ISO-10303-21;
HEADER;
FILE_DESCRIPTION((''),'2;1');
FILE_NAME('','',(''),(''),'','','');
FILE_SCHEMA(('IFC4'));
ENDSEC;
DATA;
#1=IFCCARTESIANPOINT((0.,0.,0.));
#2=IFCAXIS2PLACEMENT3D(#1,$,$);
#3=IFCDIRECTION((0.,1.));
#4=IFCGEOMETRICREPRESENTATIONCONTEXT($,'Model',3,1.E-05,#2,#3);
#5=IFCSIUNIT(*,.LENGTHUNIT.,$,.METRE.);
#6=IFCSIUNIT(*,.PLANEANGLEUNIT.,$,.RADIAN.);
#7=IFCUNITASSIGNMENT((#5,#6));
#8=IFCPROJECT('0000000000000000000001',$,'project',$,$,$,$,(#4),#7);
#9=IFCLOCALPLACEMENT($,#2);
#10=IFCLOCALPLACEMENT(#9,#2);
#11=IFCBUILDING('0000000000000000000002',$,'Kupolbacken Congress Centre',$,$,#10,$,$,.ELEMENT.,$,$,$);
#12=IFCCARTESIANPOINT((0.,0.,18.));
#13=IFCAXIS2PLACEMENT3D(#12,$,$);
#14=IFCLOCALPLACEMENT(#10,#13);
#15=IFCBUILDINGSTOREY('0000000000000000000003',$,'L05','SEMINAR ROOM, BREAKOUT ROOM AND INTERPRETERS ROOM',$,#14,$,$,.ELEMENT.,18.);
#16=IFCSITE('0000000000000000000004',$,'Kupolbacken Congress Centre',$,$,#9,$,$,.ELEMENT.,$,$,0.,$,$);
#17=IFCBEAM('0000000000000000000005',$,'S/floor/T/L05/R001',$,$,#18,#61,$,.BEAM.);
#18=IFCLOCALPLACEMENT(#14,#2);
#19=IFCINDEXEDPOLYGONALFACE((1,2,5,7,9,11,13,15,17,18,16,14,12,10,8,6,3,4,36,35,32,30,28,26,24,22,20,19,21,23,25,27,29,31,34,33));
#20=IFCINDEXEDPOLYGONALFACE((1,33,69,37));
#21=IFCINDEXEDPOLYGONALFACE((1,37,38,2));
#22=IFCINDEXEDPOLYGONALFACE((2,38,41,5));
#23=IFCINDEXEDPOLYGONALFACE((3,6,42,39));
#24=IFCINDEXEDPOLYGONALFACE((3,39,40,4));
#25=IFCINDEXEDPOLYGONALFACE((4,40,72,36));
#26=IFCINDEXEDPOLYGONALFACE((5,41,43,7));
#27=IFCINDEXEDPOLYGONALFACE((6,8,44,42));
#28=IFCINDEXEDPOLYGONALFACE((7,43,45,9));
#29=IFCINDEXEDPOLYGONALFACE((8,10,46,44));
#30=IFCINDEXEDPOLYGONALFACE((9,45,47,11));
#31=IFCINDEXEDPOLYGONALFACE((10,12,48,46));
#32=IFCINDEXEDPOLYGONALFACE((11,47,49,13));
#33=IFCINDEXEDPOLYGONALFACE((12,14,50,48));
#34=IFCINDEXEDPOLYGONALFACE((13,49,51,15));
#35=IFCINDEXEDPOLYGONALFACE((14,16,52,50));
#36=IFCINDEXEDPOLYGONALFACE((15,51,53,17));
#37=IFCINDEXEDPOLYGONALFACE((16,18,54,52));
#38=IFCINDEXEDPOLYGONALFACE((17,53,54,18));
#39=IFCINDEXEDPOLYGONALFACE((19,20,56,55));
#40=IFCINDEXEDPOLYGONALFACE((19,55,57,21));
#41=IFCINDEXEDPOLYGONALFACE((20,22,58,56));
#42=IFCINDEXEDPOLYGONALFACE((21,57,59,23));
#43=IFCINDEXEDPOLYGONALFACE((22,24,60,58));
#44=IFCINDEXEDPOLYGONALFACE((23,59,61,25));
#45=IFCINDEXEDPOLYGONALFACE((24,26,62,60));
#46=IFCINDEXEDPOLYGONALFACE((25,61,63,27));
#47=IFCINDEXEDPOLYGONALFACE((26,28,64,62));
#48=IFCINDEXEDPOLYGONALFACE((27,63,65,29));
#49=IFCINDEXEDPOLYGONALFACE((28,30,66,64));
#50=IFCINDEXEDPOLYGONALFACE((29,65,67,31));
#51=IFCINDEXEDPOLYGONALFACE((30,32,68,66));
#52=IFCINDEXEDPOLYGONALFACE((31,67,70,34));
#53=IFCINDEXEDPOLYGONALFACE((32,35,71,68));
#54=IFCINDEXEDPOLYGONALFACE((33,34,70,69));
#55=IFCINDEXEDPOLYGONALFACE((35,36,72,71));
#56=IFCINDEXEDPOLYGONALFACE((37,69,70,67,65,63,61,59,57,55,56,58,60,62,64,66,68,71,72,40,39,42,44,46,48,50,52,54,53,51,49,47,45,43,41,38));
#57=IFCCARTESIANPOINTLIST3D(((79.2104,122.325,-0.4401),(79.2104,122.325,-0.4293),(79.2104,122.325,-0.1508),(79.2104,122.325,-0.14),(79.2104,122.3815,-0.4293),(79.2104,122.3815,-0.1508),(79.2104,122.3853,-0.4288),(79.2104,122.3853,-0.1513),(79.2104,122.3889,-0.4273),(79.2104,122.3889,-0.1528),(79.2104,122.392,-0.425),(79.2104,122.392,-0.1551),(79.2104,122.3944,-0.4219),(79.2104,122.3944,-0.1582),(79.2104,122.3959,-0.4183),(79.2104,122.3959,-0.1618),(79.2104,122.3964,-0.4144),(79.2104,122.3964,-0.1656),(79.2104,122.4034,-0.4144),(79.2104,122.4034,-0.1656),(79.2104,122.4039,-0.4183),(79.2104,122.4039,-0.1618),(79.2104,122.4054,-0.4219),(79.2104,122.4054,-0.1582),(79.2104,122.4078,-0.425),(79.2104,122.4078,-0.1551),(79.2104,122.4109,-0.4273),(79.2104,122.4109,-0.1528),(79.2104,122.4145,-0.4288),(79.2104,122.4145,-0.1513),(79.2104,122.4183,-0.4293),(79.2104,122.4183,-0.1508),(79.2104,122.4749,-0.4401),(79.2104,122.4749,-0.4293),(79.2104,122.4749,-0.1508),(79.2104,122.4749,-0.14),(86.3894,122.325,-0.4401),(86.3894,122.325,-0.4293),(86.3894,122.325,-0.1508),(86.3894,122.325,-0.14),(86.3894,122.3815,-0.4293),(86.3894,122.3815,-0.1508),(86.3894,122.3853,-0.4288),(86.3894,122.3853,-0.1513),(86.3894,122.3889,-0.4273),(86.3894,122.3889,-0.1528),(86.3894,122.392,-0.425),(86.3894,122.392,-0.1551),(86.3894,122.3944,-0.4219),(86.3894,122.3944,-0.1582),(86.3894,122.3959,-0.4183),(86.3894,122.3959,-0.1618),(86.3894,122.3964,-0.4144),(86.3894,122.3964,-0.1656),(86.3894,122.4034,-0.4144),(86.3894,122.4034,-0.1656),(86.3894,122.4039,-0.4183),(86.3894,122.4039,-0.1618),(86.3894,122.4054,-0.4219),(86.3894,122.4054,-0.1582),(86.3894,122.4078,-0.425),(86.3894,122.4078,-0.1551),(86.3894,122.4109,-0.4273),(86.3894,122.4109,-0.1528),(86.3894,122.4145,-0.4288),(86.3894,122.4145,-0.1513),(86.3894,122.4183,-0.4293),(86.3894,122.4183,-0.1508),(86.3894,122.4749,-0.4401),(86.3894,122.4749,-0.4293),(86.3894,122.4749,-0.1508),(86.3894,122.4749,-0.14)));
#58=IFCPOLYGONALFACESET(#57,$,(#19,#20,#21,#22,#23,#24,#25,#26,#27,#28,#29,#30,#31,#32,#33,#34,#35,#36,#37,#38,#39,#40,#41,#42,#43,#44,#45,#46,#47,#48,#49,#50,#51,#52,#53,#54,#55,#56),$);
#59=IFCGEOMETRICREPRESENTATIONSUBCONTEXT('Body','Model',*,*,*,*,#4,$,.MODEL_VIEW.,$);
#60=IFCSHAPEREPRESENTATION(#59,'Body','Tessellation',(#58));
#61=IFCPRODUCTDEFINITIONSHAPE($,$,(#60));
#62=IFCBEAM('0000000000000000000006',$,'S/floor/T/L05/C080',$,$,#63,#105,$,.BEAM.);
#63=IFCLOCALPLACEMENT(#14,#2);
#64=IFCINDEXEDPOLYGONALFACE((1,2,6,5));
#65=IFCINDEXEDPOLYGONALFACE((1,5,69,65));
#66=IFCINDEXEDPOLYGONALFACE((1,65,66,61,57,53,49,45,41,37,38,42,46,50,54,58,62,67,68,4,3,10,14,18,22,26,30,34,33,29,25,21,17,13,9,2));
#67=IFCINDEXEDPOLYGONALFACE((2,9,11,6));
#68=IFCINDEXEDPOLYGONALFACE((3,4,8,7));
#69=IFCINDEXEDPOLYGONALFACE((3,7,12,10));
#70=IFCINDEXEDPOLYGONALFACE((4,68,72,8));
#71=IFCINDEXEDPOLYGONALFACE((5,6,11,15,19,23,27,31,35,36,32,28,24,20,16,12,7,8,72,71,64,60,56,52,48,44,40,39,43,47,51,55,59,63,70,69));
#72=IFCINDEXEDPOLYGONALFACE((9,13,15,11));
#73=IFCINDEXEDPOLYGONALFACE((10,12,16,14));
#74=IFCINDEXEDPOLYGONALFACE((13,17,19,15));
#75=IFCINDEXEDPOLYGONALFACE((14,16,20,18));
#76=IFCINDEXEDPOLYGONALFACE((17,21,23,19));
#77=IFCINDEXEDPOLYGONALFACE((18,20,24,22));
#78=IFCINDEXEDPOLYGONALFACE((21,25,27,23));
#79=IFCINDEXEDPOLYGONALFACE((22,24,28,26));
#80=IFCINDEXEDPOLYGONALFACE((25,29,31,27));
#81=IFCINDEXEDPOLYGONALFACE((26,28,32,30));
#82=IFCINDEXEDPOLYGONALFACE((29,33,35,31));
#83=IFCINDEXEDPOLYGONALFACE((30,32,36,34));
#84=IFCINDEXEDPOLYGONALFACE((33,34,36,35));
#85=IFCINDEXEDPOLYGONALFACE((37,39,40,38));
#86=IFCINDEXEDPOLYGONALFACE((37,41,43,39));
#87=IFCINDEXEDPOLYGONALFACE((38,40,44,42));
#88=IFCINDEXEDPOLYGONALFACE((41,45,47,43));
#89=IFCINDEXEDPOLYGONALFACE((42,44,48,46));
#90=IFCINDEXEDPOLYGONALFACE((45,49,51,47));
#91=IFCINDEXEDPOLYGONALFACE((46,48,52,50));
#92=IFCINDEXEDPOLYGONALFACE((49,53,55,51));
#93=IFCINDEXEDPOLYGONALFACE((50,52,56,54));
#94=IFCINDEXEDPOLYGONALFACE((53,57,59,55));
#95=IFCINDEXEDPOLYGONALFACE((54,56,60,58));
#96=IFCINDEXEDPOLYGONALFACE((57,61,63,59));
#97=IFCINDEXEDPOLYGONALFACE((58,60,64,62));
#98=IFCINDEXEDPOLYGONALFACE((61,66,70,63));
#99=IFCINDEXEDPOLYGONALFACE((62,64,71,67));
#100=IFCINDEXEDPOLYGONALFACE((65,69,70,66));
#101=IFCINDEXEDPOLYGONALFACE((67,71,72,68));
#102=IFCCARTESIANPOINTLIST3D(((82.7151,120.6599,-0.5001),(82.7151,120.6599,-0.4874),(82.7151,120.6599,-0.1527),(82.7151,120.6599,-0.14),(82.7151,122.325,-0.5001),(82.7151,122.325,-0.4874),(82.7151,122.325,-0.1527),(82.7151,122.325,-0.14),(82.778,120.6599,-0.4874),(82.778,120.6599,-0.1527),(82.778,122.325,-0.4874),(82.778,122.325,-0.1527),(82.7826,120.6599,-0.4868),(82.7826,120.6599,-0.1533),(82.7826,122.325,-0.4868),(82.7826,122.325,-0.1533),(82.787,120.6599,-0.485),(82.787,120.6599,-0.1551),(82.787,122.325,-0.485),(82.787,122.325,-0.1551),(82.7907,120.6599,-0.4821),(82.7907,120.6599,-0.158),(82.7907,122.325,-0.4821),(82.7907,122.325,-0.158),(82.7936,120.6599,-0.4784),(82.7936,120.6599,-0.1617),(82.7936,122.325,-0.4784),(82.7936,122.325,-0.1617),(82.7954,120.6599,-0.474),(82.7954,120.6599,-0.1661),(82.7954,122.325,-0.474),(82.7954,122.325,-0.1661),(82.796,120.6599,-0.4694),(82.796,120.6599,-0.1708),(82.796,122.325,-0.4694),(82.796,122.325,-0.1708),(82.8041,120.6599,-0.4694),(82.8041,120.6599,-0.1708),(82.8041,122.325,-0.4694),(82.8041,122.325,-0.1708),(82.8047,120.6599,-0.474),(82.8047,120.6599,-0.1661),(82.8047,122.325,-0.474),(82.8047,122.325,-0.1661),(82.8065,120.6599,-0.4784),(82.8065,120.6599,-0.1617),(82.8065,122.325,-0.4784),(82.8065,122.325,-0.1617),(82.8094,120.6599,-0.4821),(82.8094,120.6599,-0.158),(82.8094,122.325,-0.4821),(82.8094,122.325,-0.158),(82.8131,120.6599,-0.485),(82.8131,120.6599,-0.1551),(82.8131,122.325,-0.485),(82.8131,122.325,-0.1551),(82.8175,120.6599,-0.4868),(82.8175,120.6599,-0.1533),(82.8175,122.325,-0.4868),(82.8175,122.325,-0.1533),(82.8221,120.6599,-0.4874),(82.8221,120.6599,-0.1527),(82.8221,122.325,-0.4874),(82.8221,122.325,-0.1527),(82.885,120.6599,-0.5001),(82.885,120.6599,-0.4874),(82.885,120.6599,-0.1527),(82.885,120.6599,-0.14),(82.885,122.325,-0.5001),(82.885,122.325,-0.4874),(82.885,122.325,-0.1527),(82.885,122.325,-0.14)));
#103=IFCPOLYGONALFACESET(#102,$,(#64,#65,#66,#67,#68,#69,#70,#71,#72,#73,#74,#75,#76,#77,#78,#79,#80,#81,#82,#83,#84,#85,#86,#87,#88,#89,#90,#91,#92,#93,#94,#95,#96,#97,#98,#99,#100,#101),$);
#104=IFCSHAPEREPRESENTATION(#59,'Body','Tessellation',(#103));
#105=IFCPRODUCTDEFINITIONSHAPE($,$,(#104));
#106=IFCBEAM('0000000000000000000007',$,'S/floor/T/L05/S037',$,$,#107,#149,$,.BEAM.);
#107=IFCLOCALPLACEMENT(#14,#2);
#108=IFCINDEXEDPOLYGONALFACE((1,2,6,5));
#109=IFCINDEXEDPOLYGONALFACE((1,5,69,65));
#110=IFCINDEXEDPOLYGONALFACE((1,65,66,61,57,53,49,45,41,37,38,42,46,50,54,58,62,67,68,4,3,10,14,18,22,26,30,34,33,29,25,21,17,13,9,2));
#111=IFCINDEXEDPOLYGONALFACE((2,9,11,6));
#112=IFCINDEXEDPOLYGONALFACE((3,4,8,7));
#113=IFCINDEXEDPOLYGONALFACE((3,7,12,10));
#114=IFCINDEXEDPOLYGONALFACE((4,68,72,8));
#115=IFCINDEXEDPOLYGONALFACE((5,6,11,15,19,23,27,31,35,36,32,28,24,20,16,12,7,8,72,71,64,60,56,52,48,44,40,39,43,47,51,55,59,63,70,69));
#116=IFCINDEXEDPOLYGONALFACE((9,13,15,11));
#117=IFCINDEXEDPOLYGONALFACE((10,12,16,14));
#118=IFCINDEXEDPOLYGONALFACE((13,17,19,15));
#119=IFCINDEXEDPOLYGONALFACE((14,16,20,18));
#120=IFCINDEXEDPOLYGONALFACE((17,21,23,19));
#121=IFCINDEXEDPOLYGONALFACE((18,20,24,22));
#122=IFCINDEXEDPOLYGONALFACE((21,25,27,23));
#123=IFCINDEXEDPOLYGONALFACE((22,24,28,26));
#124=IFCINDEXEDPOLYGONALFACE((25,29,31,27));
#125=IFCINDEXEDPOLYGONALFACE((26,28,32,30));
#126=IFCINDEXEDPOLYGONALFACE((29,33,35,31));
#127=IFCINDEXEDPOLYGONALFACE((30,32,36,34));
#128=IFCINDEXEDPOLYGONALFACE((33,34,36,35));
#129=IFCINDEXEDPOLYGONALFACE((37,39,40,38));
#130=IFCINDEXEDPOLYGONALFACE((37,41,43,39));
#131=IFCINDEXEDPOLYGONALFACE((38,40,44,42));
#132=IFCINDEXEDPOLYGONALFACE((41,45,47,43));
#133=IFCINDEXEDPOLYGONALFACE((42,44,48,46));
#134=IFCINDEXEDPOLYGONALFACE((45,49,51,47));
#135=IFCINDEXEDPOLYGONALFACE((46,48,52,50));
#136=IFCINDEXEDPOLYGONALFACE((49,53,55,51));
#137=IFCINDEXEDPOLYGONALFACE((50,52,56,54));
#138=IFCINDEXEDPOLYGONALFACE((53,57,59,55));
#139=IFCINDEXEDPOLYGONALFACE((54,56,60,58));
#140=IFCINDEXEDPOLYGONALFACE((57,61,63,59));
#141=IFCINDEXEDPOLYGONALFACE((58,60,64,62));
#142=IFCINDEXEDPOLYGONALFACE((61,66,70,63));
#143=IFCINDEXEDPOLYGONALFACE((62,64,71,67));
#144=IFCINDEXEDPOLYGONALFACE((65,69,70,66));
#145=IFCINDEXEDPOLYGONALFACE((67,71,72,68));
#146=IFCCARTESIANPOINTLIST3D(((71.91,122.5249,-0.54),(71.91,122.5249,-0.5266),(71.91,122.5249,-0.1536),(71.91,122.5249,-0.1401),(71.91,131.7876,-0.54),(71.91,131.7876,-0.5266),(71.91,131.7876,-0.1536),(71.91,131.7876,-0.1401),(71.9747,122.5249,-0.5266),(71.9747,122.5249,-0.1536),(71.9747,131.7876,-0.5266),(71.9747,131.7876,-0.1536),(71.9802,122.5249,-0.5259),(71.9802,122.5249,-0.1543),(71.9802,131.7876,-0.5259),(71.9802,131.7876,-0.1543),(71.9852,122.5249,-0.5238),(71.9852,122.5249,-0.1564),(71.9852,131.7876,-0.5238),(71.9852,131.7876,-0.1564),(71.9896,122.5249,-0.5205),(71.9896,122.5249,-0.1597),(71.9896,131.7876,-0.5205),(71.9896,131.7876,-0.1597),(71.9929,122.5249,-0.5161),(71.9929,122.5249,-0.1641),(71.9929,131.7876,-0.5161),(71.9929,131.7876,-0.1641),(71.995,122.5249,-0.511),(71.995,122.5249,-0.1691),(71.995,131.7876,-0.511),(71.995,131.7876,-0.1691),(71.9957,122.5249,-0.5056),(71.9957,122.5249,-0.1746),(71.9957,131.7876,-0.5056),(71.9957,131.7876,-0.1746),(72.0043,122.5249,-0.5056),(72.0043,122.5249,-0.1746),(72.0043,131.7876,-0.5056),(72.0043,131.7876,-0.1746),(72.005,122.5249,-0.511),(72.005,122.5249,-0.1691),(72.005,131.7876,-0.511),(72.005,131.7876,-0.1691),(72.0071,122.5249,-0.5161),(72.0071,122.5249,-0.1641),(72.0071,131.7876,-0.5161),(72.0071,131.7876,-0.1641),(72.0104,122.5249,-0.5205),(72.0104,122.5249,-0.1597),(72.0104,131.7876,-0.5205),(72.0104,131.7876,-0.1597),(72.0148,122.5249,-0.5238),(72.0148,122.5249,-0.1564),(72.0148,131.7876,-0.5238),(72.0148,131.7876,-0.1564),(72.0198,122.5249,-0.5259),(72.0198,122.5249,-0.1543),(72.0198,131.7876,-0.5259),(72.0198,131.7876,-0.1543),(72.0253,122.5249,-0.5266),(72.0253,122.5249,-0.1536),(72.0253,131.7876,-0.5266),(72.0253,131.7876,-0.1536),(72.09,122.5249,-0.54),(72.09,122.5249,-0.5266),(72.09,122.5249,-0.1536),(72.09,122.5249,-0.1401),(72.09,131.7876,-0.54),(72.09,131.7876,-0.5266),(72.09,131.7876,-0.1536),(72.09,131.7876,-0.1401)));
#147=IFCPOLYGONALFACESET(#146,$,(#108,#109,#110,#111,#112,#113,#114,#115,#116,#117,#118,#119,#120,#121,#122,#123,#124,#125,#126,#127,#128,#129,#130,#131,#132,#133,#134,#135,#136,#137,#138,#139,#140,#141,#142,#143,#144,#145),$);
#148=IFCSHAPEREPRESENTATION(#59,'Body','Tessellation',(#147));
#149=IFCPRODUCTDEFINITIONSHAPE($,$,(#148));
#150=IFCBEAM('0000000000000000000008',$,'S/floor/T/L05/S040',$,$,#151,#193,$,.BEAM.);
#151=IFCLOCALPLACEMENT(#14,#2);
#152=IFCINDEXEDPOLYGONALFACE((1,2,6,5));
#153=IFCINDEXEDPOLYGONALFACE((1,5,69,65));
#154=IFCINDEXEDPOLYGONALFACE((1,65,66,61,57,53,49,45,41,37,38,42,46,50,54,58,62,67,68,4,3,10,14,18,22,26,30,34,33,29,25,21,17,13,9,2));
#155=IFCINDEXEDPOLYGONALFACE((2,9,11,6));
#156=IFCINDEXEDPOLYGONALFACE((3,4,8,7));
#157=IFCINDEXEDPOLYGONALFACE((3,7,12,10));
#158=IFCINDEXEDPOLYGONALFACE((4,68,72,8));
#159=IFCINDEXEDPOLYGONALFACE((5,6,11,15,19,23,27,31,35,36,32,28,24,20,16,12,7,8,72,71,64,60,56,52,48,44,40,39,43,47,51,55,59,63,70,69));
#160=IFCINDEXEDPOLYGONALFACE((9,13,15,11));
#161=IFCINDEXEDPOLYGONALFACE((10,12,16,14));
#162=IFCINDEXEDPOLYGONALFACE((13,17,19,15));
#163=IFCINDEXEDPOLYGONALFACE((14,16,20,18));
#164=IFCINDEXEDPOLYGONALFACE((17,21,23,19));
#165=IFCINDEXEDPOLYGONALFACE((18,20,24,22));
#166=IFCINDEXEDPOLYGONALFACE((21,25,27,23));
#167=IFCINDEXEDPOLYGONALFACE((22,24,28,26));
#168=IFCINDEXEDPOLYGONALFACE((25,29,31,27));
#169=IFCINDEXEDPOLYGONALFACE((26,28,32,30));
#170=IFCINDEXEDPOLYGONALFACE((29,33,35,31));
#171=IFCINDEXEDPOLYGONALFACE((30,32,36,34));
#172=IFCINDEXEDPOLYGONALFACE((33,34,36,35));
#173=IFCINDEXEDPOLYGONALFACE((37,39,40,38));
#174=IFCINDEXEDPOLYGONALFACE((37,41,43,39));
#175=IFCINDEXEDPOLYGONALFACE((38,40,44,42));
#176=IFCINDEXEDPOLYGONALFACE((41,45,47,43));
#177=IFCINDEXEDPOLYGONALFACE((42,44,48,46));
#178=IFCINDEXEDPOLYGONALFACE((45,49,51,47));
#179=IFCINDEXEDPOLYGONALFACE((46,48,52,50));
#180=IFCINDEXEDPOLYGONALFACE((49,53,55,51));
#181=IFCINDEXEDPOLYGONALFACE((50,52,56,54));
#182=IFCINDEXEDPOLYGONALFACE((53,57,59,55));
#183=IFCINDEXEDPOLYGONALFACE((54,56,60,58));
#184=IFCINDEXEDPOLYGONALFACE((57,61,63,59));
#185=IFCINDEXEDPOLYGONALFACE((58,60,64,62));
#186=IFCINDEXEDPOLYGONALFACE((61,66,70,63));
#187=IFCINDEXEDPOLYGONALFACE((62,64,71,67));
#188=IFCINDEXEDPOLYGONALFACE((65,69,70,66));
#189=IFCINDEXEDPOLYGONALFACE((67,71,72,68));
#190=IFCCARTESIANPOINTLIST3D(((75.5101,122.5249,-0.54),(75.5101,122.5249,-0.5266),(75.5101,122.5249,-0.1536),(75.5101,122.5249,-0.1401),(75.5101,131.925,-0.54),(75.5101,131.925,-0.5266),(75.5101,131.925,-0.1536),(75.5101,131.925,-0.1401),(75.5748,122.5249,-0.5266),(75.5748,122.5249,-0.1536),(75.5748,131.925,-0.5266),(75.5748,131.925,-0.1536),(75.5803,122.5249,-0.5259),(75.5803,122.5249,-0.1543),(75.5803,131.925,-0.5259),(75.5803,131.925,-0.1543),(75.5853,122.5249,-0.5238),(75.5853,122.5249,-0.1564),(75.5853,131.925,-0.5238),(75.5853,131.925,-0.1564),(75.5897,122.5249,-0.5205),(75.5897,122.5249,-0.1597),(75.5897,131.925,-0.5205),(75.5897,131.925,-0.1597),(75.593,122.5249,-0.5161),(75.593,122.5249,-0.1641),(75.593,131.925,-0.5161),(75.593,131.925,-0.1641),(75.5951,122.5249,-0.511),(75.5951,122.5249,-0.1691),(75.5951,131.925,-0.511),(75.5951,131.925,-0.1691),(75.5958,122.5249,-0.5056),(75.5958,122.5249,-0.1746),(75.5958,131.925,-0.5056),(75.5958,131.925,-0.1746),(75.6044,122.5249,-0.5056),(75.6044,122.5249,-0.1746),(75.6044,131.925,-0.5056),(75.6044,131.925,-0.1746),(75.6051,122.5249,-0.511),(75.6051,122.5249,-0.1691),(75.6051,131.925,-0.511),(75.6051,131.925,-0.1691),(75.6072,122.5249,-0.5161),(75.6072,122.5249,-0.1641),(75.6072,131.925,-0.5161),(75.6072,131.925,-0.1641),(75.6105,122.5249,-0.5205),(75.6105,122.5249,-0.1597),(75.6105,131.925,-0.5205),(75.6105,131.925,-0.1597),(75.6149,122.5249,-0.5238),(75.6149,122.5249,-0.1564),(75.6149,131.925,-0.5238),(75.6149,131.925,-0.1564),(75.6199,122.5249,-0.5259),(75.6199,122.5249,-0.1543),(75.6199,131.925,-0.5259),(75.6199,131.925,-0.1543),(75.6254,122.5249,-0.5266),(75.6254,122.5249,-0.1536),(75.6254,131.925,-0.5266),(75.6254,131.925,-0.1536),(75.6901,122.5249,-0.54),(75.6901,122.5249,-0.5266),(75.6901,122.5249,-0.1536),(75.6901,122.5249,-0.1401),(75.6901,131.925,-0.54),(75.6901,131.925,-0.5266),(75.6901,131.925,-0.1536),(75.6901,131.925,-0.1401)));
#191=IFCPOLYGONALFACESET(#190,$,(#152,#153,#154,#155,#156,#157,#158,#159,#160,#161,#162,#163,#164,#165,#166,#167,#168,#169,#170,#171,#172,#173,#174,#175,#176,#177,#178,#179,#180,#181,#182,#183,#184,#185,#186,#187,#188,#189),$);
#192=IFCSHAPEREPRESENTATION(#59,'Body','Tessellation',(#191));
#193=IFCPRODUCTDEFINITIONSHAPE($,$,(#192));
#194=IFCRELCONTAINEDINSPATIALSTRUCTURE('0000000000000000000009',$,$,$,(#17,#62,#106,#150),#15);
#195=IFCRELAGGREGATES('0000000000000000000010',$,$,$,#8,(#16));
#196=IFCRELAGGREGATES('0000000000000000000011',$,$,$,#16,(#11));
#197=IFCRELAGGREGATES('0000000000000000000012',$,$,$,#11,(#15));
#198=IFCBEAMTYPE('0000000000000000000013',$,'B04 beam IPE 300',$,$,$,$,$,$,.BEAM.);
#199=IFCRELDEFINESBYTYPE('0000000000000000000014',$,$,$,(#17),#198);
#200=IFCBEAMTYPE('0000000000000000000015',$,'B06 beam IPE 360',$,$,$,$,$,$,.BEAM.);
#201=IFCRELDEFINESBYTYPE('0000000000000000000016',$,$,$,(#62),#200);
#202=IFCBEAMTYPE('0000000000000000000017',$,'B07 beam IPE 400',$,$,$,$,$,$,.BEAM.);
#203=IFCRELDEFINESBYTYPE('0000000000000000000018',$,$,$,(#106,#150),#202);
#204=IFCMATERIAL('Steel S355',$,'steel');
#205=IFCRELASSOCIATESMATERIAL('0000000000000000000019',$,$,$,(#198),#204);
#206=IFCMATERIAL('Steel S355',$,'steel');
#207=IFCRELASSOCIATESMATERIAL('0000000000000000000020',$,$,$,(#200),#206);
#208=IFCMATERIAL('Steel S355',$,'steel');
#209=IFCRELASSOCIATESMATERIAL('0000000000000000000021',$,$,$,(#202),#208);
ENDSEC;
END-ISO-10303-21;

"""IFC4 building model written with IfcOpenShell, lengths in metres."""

from ifc_helpers import new_model, si_unit, direction, frame, origin, origin_2d, place, context, subcontext, project, spatial, i_section, extrude, material, material_profile, profile_set, type_object, element, save


model = new_model("IFC4")

# Units and contexts
model_context = context("Model", 3, precision=1e-05, world=origin(), true_north=direction((0.0, 1.0)))
body_context = subcontext(model_context, "Body", "Model", "MODEL_VIEW")
ifc_project = project(units=[si_unit("LENGTHUNIT", "METRE"), si_unit("PLANEANGLEUNIT", "RADIAN")], contexts=[model_context])

# Site, building, storey
site_placement = place(None, origin())
site = spatial("IfcSite", under=ifc_project, at=site_placement, Name="Kupolbacken Congress Centre", CompositionType="ELEMENT", RefElevation=0.0)
building_placement = place(site_placement, origin())
building = spatial("IfcBuilding", under=site, at=building_placement, Name="Kupolbacken Congress Centre", CompositionType="ELEMENT")
storey_placement = place(building_placement, frame((0.0, 0.0, 18.0)))
storey = spatial("IfcBuildingStorey", under=building, at=storey_placement, Name="L05", Description="SEMINAR ROOM, BREAKOUT ROOM AND INTERPRETERS ROOM", CompositionType="ELEMENT", Elevation=18.0)

# Beams
ifc_material_1 = material(Name="Steel S355", Category="steel")
ifc_material_profile_1 = material_profile(ifc_material_1, i_section(OverallWidth=0.1499, OverallDepth=0.3, WebThickness=0.0071, FlangeThickness=0.0107, FilletRadius=0.0149, at=origin_2d()), Name="IPE 300")
ifc_profile_set_1 = profile_set([ifc_material_profile_1], Name="Steel S355")
beam_type_1 = type_object("IfcBeamType", Name="B04 beam IPE 300", PredefinedType="BEAM", material=ifc_profile_set_1)
beam_1_placement = place(storey_placement, frame((79.2104, 122.3999, -0.29), z_axis=(1.0, 0.0, 0.0), x_axis=(0.0, 1.0, 0.0)))
element("IfcBeam", 1, at=beam_1_placement, inside=storey, type_object=beam_type_1, Name="S/floor/T/L05/R001", PredefinedType="BEAM", context=body_context, shape_type="SweptSolid", body=[
    extrude(i_section(OverallWidth=0.1499, OverallDepth=0.3, WebThickness=0.0071, FlangeThickness=0.0107, FilletRadius=0.0149, at=origin_2d()), origin(), (0.0, 0.0, 1.0), 7.179),
])
ifc_material_2 = material(Name="Steel S355", Category="steel")
ifc_material_profile_2 = material_profile(ifc_material_2, i_section(OverallWidth=0.1699, OverallDepth=0.3601, WebThickness=0.0081, FlangeThickness=0.0127, FilletRadius=0.0181, at=origin_2d()), Name="IPE 360")
ifc_profile_set_2 = profile_set([ifc_material_profile_2], Name="Steel S355")
beam_type_2 = type_object("IfcBeamType", Name="B06 beam IPE 360", PredefinedType="BEAM", material=ifc_profile_set_2)
beam_2_placement = place(storey_placement, frame((82.8, 122.325, -0.3201), z_axis=(0.0, -1.0, 0.0), x_axis=(1.0, 0.0, 0.0)))
element("IfcBeam", 2, at=beam_2_placement, inside=storey, type_object=beam_type_2, Name="S/floor/T/L05/C080", PredefinedType="BEAM", context=body_context, shape_type="SweptSolid", body=[
    extrude(i_section(OverallWidth=0.1699, OverallDepth=0.3601, WebThickness=0.0081, FlangeThickness=0.0127, FilletRadius=0.0181, at=origin_2d()), origin(), (0.0, 0.0, 1.0), 1.665),
])
ifc_material_3 = material(Name="Steel S355", Category="steel")
ifc_material_profile_3 = material_profile(ifc_material_3, i_section(OverallWidth=0.1799, OverallDepth=0.3999, WebThickness=0.0085, FlangeThickness=0.0134, FilletRadius=0.021, at=origin_2d()), Name="IPE 400")
ifc_profile_set_3 = profile_set([ifc_material_profile_3], Name="Steel S355")
beam_type_3 = type_object("IfcBeamType", Name="B07 beam IPE 400", PredefinedType="BEAM", material=ifc_profile_set_3)
beam_3_placement = place(storey_placement, frame((72.0, 122.5249, -0.3401), z_axis=(0.0, 1.0, 0.0), x_axis=(-1.0, 0.0, 0.0)))
element("IfcBeam", 3, at=beam_3_placement, inside=storey, type_object=beam_type_3, Name="S/floor/T/L05/S037", PredefinedType="BEAM", context=body_context, shape_type="SweptSolid", body=[
    extrude(i_section(OverallWidth=0.1799, OverallDepth=0.3999, WebThickness=0.0085, FlangeThickness=0.0134, FilletRadius=0.021, at=origin_2d()), origin(), (0.0, 0.0, 1.0), 9.2627),
])
beam_4_placement = place(storey_placement, frame((75.6001, 122.5249, -0.3401), z_axis=(0.0, 1.0, 0.0), x_axis=(-1.0, 0.0, 0.0)))
element("IfcBeam", 4, at=beam_4_placement, inside=storey, type_object=beam_type_3, Name="S/floor/T/L05/S040", PredefinedType="BEAM", context=body_context, shape_type="SweptSolid", body=[
    extrude(i_section(OverallWidth=0.1799, OverallDepth=0.3999, WebThickness=0.0085, FlangeThickness=0.0134, FilletRadius=0.021, at=origin_2d()), origin(), (0.0, 0.0, 1.0), 9.4001),
])

save(model, "model.ifc")
